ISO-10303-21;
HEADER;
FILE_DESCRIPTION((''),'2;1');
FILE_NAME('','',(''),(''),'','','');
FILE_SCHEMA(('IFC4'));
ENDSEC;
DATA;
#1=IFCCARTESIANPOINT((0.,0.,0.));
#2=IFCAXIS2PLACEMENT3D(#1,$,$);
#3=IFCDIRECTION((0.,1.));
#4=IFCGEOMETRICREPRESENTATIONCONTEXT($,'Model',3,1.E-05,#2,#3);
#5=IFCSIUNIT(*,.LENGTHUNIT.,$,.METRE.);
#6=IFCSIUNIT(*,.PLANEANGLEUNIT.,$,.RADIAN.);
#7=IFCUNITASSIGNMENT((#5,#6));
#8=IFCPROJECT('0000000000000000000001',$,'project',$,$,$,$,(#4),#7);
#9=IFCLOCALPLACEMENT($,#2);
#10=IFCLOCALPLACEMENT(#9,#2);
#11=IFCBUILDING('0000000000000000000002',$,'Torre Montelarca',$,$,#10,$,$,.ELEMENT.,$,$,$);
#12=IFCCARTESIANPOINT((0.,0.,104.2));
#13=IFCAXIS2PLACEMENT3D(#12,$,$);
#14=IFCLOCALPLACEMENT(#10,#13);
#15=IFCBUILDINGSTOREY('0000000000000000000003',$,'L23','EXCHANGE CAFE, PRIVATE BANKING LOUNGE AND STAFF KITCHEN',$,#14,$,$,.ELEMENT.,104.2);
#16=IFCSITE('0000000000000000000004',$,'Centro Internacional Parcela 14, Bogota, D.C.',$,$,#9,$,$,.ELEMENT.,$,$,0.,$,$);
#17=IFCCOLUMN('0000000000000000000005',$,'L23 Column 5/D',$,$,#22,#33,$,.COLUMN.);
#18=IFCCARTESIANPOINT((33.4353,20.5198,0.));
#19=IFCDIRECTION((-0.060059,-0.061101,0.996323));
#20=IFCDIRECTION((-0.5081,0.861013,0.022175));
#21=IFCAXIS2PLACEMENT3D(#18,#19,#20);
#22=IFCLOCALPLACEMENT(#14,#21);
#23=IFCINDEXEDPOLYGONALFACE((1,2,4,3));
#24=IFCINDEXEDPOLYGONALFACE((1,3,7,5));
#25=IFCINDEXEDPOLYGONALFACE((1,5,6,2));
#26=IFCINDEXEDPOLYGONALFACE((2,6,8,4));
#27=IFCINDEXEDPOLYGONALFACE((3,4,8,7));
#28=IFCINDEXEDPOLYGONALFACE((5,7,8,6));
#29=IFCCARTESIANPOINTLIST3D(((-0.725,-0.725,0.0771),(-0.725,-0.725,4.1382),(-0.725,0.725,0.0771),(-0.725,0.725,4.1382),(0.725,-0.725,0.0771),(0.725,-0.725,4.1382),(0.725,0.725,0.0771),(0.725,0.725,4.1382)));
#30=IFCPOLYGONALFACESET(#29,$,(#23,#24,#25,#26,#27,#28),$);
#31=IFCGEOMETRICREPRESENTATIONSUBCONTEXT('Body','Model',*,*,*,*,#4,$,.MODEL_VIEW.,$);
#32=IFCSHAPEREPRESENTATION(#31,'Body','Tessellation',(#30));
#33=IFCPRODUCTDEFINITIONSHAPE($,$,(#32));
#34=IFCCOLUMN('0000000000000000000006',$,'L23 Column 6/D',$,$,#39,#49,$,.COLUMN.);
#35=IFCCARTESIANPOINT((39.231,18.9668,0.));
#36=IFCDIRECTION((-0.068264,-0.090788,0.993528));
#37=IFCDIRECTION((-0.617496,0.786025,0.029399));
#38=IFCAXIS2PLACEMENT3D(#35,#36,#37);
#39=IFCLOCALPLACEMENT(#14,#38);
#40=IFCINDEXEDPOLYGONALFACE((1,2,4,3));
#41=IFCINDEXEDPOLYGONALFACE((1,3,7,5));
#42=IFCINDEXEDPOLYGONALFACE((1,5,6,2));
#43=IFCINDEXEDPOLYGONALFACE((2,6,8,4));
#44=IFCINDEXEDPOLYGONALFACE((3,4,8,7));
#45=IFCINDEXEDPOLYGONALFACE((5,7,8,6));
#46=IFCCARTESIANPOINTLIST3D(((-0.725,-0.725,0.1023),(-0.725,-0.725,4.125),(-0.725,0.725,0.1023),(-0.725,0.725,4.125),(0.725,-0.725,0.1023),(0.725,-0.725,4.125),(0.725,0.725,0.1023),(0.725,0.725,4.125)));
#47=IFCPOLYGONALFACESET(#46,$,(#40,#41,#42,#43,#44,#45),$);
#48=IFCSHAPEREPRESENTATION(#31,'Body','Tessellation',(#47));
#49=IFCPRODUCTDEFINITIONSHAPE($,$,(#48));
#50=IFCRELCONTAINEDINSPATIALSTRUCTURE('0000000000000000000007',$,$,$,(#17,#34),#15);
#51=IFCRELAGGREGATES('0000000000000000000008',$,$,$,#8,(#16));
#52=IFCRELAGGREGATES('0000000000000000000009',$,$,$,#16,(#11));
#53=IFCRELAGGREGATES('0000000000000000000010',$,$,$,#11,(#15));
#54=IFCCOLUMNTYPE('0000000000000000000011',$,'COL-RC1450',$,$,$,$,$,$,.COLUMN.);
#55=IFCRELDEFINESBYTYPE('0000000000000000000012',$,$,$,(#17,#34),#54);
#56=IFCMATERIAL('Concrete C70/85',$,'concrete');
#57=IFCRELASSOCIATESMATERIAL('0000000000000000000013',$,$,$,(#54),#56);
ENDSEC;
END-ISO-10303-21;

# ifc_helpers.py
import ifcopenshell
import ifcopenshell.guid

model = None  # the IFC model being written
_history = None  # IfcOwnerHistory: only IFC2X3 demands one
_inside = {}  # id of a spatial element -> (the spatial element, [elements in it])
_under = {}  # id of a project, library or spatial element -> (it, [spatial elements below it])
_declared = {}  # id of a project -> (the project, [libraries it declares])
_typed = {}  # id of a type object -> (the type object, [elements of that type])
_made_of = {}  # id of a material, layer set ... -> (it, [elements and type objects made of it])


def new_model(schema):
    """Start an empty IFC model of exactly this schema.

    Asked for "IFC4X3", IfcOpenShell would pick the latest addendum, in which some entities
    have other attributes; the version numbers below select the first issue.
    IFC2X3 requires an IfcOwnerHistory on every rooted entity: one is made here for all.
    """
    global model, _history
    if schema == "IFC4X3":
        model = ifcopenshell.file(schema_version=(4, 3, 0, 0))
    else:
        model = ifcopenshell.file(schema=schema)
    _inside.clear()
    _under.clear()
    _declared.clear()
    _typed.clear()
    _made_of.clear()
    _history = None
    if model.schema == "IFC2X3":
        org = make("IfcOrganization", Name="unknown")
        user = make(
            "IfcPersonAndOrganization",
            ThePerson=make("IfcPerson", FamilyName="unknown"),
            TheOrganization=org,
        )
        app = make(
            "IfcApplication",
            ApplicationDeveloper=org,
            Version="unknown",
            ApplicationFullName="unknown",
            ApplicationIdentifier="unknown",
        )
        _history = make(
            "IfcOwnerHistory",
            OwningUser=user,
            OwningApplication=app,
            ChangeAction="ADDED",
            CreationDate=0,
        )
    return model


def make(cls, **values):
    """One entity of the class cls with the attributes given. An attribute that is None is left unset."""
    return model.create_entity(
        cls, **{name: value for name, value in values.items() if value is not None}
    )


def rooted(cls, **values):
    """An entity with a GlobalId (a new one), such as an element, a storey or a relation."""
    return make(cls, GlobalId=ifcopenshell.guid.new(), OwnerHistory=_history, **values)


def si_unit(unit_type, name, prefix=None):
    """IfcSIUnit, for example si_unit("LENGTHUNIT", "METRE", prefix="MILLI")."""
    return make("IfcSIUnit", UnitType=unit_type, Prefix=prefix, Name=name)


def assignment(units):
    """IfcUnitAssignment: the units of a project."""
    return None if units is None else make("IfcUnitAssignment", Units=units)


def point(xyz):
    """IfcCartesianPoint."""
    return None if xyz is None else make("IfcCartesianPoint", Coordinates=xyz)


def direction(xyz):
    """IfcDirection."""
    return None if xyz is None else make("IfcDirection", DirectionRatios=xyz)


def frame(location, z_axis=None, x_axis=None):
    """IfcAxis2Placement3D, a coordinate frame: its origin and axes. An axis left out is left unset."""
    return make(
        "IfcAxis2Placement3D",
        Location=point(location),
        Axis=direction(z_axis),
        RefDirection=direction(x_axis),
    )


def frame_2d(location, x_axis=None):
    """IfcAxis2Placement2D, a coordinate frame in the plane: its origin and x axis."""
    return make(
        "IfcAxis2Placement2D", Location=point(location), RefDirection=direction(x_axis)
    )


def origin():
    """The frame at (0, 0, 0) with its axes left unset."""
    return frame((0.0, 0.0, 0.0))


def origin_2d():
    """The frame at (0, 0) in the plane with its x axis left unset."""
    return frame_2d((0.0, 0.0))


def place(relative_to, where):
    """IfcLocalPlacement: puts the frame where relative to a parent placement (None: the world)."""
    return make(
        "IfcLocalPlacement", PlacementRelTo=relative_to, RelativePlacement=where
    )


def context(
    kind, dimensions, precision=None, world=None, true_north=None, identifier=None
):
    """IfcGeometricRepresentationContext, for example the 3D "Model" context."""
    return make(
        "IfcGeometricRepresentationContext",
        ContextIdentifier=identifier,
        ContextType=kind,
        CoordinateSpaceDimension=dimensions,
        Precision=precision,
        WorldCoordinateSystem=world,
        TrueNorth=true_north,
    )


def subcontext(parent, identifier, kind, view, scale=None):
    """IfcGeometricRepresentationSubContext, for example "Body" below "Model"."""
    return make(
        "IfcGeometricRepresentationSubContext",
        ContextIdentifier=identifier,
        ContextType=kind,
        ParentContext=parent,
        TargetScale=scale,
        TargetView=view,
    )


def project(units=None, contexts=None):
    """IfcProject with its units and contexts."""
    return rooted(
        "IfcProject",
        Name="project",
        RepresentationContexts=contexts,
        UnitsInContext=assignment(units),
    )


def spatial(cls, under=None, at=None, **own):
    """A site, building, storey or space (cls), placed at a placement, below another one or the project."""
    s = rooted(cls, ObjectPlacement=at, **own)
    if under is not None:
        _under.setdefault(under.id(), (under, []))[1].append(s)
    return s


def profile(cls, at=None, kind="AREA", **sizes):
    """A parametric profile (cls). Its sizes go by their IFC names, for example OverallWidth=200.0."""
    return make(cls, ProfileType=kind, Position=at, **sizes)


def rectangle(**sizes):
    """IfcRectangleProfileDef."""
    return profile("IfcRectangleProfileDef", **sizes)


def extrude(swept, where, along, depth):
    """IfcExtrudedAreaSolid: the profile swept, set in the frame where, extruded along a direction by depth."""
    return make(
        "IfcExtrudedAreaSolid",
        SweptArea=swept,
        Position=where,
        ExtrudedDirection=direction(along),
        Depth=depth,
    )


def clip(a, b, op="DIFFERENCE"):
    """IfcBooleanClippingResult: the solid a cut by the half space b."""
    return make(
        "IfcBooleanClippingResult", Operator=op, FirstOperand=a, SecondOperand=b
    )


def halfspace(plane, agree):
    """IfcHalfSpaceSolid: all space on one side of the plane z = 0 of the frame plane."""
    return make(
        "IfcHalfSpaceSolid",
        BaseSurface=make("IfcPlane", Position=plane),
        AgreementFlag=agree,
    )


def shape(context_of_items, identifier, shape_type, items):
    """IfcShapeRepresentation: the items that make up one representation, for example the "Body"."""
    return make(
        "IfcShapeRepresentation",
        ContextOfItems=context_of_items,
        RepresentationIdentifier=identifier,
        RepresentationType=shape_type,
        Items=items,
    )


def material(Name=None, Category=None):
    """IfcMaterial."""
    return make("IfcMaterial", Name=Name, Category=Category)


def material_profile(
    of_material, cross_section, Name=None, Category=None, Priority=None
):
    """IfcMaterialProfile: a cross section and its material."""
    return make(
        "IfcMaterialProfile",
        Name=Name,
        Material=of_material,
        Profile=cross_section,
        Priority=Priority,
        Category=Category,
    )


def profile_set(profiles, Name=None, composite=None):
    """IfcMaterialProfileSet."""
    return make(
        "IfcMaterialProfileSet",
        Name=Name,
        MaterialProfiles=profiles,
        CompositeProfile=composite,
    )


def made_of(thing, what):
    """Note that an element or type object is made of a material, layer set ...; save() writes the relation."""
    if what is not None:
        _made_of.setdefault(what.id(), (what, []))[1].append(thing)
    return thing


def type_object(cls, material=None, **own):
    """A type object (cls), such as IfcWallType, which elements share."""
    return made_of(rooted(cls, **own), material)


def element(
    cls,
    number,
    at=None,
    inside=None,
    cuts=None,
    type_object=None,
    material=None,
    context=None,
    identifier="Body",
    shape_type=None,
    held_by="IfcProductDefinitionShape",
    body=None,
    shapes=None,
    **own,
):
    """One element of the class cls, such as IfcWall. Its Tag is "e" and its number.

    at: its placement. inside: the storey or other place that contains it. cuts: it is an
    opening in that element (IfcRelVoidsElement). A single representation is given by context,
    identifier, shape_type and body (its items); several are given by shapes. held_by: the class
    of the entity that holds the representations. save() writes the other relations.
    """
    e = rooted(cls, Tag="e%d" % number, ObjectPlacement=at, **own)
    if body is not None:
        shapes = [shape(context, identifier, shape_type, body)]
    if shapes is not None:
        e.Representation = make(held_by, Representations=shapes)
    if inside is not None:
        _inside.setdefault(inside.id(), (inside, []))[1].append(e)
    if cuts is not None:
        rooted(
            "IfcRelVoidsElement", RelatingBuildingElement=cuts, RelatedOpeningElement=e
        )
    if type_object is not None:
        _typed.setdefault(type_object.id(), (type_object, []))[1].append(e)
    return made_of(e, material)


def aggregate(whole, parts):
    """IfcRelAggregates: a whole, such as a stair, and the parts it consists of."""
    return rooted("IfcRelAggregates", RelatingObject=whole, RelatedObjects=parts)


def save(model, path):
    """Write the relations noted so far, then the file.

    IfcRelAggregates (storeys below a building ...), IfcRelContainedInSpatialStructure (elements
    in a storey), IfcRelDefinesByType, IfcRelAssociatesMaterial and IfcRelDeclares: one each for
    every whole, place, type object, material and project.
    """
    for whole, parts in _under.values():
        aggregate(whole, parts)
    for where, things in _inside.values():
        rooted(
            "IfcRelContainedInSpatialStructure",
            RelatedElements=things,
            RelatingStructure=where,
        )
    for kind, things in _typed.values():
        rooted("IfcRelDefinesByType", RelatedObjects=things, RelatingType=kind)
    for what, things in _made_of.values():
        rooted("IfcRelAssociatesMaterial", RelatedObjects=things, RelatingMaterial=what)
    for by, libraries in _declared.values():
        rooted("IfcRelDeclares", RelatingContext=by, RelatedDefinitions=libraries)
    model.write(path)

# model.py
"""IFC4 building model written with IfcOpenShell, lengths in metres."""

from ifc_helpers import new_model, si_unit, direction, frame, origin, origin_2d, place, context, subcontext, project, spatial, rectangle, extrude, clip, halfspace, material, material_profile, profile_set, type_object, element, save


model = new_model("IFC4")

# Units and contexts
model_context = context("Model", 3, precision=1e-05, world=origin(), true_north=direction((0.0, 1.0)))
body_context = subcontext(model_context, "Body", "Model", "MODEL_VIEW")
ifc_project = project(units=[si_unit("LENGTHUNIT", "METRE"), si_unit("PLANEANGLEUNIT", "RADIAN")], contexts=[model_context])

# Site, building, storey
site_placement = place(None, origin())
site = spatial("IfcSite", under=ifc_project, at=site_placement, Name="Centro Internacional Parcela 14, Bogota, D.C.", CompositionType="ELEMENT", RefElevation=0.0)
building_placement = place(site_placement, origin())
building = spatial("IfcBuilding", under=site, at=building_placement, Name="Torre Montelarca", CompositionType="ELEMENT")
storey_placement = place(building_placement, frame((0.0, 0.0, 104.2)))
storey = spatial("IfcBuildingStorey", under=building, at=storey_placement, Name="L23", Description="EXCHANGE CAFE, PRIVATE BANKING LOUNGE AND STAFF KITCHEN", CompositionType="ELEMENT", Elevation=104.2)

# Columns
ifc_material_1 = material(Name="Concrete C70/85", Category="concrete")
ifc_material_profile_1 = material_profile(ifc_material_1, rectangle(XDim=1.45, YDim=1.45, at=origin_2d()), Name="RC1450X1450", Category="concrete")
ifc_profile_set_1 = profile_set([ifc_material_profile_1], Name="Concrete C70/85")
column_type_1 = type_object("IfcColumnType", Name="COL-RC1450", PredefinedType="COLUMN", material=ifc_profile_set_1)
column_1_placement = place(storey_placement, frame((33.4353, 20.5198, 0.0), z_axis=(-0.060059, -0.061101, 0.996323), x_axis=(-0.5081, 0.861013, 0.022175)))
element("IfcColumn", 1, at=column_1_placement, inside=storey, type_object=column_type_1, Name="L23 Column 5/D", PredefinedType="COLUMN", context=body_context, shape_type="Clipping", body=[
    clip(clip(extrude(rectangle(XDim=1.45, YDim=1.45, at=origin_2d()), origin(), (0.0, 0.0, 1.0), 4.2153), halfspace(frame((0.0, 0.0, 0.0771), z_axis=(0.0, 0.0, -1.0), x_axis=(1.0, 0.0, 0.0)), False)), halfspace(frame((0.0, 0.0, 4.1382), z_axis=(0.0, 0.0, 1.0), x_axis=(1.0, 0.0, 0.0)), False)),
])
column_2_placement = place(storey_placement, frame((39.231, 18.9668, 0.0), z_axis=(-0.068264, -0.090788, 0.993528), x_axis=(-0.617496, 0.786025, 0.029399)))
element("IfcColumn", 2, at=column_2_placement, inside=storey, type_object=column_type_1, Name="L23 Column 6/D", PredefinedType="COLUMN", context=body_context, shape_type="Clipping", body=[
    clip(clip(extrude(rectangle(XDim=1.45, YDim=1.45, at=origin_2d()), origin(), (0.0, 0.0, 1.0), 4.2273), halfspace(frame((0.0, 0.0, 0.1023), z_axis=(0.0, 0.0, -1.0), x_axis=(1.0, 0.0, 0.0)), False)), halfspace(frame((0.0, 0.0, 4.125), z_axis=(0.0, 0.0, 1.0), x_axis=(1.0, 0.0, 0.0)), False)),
])

save(model, "model.ifc")
